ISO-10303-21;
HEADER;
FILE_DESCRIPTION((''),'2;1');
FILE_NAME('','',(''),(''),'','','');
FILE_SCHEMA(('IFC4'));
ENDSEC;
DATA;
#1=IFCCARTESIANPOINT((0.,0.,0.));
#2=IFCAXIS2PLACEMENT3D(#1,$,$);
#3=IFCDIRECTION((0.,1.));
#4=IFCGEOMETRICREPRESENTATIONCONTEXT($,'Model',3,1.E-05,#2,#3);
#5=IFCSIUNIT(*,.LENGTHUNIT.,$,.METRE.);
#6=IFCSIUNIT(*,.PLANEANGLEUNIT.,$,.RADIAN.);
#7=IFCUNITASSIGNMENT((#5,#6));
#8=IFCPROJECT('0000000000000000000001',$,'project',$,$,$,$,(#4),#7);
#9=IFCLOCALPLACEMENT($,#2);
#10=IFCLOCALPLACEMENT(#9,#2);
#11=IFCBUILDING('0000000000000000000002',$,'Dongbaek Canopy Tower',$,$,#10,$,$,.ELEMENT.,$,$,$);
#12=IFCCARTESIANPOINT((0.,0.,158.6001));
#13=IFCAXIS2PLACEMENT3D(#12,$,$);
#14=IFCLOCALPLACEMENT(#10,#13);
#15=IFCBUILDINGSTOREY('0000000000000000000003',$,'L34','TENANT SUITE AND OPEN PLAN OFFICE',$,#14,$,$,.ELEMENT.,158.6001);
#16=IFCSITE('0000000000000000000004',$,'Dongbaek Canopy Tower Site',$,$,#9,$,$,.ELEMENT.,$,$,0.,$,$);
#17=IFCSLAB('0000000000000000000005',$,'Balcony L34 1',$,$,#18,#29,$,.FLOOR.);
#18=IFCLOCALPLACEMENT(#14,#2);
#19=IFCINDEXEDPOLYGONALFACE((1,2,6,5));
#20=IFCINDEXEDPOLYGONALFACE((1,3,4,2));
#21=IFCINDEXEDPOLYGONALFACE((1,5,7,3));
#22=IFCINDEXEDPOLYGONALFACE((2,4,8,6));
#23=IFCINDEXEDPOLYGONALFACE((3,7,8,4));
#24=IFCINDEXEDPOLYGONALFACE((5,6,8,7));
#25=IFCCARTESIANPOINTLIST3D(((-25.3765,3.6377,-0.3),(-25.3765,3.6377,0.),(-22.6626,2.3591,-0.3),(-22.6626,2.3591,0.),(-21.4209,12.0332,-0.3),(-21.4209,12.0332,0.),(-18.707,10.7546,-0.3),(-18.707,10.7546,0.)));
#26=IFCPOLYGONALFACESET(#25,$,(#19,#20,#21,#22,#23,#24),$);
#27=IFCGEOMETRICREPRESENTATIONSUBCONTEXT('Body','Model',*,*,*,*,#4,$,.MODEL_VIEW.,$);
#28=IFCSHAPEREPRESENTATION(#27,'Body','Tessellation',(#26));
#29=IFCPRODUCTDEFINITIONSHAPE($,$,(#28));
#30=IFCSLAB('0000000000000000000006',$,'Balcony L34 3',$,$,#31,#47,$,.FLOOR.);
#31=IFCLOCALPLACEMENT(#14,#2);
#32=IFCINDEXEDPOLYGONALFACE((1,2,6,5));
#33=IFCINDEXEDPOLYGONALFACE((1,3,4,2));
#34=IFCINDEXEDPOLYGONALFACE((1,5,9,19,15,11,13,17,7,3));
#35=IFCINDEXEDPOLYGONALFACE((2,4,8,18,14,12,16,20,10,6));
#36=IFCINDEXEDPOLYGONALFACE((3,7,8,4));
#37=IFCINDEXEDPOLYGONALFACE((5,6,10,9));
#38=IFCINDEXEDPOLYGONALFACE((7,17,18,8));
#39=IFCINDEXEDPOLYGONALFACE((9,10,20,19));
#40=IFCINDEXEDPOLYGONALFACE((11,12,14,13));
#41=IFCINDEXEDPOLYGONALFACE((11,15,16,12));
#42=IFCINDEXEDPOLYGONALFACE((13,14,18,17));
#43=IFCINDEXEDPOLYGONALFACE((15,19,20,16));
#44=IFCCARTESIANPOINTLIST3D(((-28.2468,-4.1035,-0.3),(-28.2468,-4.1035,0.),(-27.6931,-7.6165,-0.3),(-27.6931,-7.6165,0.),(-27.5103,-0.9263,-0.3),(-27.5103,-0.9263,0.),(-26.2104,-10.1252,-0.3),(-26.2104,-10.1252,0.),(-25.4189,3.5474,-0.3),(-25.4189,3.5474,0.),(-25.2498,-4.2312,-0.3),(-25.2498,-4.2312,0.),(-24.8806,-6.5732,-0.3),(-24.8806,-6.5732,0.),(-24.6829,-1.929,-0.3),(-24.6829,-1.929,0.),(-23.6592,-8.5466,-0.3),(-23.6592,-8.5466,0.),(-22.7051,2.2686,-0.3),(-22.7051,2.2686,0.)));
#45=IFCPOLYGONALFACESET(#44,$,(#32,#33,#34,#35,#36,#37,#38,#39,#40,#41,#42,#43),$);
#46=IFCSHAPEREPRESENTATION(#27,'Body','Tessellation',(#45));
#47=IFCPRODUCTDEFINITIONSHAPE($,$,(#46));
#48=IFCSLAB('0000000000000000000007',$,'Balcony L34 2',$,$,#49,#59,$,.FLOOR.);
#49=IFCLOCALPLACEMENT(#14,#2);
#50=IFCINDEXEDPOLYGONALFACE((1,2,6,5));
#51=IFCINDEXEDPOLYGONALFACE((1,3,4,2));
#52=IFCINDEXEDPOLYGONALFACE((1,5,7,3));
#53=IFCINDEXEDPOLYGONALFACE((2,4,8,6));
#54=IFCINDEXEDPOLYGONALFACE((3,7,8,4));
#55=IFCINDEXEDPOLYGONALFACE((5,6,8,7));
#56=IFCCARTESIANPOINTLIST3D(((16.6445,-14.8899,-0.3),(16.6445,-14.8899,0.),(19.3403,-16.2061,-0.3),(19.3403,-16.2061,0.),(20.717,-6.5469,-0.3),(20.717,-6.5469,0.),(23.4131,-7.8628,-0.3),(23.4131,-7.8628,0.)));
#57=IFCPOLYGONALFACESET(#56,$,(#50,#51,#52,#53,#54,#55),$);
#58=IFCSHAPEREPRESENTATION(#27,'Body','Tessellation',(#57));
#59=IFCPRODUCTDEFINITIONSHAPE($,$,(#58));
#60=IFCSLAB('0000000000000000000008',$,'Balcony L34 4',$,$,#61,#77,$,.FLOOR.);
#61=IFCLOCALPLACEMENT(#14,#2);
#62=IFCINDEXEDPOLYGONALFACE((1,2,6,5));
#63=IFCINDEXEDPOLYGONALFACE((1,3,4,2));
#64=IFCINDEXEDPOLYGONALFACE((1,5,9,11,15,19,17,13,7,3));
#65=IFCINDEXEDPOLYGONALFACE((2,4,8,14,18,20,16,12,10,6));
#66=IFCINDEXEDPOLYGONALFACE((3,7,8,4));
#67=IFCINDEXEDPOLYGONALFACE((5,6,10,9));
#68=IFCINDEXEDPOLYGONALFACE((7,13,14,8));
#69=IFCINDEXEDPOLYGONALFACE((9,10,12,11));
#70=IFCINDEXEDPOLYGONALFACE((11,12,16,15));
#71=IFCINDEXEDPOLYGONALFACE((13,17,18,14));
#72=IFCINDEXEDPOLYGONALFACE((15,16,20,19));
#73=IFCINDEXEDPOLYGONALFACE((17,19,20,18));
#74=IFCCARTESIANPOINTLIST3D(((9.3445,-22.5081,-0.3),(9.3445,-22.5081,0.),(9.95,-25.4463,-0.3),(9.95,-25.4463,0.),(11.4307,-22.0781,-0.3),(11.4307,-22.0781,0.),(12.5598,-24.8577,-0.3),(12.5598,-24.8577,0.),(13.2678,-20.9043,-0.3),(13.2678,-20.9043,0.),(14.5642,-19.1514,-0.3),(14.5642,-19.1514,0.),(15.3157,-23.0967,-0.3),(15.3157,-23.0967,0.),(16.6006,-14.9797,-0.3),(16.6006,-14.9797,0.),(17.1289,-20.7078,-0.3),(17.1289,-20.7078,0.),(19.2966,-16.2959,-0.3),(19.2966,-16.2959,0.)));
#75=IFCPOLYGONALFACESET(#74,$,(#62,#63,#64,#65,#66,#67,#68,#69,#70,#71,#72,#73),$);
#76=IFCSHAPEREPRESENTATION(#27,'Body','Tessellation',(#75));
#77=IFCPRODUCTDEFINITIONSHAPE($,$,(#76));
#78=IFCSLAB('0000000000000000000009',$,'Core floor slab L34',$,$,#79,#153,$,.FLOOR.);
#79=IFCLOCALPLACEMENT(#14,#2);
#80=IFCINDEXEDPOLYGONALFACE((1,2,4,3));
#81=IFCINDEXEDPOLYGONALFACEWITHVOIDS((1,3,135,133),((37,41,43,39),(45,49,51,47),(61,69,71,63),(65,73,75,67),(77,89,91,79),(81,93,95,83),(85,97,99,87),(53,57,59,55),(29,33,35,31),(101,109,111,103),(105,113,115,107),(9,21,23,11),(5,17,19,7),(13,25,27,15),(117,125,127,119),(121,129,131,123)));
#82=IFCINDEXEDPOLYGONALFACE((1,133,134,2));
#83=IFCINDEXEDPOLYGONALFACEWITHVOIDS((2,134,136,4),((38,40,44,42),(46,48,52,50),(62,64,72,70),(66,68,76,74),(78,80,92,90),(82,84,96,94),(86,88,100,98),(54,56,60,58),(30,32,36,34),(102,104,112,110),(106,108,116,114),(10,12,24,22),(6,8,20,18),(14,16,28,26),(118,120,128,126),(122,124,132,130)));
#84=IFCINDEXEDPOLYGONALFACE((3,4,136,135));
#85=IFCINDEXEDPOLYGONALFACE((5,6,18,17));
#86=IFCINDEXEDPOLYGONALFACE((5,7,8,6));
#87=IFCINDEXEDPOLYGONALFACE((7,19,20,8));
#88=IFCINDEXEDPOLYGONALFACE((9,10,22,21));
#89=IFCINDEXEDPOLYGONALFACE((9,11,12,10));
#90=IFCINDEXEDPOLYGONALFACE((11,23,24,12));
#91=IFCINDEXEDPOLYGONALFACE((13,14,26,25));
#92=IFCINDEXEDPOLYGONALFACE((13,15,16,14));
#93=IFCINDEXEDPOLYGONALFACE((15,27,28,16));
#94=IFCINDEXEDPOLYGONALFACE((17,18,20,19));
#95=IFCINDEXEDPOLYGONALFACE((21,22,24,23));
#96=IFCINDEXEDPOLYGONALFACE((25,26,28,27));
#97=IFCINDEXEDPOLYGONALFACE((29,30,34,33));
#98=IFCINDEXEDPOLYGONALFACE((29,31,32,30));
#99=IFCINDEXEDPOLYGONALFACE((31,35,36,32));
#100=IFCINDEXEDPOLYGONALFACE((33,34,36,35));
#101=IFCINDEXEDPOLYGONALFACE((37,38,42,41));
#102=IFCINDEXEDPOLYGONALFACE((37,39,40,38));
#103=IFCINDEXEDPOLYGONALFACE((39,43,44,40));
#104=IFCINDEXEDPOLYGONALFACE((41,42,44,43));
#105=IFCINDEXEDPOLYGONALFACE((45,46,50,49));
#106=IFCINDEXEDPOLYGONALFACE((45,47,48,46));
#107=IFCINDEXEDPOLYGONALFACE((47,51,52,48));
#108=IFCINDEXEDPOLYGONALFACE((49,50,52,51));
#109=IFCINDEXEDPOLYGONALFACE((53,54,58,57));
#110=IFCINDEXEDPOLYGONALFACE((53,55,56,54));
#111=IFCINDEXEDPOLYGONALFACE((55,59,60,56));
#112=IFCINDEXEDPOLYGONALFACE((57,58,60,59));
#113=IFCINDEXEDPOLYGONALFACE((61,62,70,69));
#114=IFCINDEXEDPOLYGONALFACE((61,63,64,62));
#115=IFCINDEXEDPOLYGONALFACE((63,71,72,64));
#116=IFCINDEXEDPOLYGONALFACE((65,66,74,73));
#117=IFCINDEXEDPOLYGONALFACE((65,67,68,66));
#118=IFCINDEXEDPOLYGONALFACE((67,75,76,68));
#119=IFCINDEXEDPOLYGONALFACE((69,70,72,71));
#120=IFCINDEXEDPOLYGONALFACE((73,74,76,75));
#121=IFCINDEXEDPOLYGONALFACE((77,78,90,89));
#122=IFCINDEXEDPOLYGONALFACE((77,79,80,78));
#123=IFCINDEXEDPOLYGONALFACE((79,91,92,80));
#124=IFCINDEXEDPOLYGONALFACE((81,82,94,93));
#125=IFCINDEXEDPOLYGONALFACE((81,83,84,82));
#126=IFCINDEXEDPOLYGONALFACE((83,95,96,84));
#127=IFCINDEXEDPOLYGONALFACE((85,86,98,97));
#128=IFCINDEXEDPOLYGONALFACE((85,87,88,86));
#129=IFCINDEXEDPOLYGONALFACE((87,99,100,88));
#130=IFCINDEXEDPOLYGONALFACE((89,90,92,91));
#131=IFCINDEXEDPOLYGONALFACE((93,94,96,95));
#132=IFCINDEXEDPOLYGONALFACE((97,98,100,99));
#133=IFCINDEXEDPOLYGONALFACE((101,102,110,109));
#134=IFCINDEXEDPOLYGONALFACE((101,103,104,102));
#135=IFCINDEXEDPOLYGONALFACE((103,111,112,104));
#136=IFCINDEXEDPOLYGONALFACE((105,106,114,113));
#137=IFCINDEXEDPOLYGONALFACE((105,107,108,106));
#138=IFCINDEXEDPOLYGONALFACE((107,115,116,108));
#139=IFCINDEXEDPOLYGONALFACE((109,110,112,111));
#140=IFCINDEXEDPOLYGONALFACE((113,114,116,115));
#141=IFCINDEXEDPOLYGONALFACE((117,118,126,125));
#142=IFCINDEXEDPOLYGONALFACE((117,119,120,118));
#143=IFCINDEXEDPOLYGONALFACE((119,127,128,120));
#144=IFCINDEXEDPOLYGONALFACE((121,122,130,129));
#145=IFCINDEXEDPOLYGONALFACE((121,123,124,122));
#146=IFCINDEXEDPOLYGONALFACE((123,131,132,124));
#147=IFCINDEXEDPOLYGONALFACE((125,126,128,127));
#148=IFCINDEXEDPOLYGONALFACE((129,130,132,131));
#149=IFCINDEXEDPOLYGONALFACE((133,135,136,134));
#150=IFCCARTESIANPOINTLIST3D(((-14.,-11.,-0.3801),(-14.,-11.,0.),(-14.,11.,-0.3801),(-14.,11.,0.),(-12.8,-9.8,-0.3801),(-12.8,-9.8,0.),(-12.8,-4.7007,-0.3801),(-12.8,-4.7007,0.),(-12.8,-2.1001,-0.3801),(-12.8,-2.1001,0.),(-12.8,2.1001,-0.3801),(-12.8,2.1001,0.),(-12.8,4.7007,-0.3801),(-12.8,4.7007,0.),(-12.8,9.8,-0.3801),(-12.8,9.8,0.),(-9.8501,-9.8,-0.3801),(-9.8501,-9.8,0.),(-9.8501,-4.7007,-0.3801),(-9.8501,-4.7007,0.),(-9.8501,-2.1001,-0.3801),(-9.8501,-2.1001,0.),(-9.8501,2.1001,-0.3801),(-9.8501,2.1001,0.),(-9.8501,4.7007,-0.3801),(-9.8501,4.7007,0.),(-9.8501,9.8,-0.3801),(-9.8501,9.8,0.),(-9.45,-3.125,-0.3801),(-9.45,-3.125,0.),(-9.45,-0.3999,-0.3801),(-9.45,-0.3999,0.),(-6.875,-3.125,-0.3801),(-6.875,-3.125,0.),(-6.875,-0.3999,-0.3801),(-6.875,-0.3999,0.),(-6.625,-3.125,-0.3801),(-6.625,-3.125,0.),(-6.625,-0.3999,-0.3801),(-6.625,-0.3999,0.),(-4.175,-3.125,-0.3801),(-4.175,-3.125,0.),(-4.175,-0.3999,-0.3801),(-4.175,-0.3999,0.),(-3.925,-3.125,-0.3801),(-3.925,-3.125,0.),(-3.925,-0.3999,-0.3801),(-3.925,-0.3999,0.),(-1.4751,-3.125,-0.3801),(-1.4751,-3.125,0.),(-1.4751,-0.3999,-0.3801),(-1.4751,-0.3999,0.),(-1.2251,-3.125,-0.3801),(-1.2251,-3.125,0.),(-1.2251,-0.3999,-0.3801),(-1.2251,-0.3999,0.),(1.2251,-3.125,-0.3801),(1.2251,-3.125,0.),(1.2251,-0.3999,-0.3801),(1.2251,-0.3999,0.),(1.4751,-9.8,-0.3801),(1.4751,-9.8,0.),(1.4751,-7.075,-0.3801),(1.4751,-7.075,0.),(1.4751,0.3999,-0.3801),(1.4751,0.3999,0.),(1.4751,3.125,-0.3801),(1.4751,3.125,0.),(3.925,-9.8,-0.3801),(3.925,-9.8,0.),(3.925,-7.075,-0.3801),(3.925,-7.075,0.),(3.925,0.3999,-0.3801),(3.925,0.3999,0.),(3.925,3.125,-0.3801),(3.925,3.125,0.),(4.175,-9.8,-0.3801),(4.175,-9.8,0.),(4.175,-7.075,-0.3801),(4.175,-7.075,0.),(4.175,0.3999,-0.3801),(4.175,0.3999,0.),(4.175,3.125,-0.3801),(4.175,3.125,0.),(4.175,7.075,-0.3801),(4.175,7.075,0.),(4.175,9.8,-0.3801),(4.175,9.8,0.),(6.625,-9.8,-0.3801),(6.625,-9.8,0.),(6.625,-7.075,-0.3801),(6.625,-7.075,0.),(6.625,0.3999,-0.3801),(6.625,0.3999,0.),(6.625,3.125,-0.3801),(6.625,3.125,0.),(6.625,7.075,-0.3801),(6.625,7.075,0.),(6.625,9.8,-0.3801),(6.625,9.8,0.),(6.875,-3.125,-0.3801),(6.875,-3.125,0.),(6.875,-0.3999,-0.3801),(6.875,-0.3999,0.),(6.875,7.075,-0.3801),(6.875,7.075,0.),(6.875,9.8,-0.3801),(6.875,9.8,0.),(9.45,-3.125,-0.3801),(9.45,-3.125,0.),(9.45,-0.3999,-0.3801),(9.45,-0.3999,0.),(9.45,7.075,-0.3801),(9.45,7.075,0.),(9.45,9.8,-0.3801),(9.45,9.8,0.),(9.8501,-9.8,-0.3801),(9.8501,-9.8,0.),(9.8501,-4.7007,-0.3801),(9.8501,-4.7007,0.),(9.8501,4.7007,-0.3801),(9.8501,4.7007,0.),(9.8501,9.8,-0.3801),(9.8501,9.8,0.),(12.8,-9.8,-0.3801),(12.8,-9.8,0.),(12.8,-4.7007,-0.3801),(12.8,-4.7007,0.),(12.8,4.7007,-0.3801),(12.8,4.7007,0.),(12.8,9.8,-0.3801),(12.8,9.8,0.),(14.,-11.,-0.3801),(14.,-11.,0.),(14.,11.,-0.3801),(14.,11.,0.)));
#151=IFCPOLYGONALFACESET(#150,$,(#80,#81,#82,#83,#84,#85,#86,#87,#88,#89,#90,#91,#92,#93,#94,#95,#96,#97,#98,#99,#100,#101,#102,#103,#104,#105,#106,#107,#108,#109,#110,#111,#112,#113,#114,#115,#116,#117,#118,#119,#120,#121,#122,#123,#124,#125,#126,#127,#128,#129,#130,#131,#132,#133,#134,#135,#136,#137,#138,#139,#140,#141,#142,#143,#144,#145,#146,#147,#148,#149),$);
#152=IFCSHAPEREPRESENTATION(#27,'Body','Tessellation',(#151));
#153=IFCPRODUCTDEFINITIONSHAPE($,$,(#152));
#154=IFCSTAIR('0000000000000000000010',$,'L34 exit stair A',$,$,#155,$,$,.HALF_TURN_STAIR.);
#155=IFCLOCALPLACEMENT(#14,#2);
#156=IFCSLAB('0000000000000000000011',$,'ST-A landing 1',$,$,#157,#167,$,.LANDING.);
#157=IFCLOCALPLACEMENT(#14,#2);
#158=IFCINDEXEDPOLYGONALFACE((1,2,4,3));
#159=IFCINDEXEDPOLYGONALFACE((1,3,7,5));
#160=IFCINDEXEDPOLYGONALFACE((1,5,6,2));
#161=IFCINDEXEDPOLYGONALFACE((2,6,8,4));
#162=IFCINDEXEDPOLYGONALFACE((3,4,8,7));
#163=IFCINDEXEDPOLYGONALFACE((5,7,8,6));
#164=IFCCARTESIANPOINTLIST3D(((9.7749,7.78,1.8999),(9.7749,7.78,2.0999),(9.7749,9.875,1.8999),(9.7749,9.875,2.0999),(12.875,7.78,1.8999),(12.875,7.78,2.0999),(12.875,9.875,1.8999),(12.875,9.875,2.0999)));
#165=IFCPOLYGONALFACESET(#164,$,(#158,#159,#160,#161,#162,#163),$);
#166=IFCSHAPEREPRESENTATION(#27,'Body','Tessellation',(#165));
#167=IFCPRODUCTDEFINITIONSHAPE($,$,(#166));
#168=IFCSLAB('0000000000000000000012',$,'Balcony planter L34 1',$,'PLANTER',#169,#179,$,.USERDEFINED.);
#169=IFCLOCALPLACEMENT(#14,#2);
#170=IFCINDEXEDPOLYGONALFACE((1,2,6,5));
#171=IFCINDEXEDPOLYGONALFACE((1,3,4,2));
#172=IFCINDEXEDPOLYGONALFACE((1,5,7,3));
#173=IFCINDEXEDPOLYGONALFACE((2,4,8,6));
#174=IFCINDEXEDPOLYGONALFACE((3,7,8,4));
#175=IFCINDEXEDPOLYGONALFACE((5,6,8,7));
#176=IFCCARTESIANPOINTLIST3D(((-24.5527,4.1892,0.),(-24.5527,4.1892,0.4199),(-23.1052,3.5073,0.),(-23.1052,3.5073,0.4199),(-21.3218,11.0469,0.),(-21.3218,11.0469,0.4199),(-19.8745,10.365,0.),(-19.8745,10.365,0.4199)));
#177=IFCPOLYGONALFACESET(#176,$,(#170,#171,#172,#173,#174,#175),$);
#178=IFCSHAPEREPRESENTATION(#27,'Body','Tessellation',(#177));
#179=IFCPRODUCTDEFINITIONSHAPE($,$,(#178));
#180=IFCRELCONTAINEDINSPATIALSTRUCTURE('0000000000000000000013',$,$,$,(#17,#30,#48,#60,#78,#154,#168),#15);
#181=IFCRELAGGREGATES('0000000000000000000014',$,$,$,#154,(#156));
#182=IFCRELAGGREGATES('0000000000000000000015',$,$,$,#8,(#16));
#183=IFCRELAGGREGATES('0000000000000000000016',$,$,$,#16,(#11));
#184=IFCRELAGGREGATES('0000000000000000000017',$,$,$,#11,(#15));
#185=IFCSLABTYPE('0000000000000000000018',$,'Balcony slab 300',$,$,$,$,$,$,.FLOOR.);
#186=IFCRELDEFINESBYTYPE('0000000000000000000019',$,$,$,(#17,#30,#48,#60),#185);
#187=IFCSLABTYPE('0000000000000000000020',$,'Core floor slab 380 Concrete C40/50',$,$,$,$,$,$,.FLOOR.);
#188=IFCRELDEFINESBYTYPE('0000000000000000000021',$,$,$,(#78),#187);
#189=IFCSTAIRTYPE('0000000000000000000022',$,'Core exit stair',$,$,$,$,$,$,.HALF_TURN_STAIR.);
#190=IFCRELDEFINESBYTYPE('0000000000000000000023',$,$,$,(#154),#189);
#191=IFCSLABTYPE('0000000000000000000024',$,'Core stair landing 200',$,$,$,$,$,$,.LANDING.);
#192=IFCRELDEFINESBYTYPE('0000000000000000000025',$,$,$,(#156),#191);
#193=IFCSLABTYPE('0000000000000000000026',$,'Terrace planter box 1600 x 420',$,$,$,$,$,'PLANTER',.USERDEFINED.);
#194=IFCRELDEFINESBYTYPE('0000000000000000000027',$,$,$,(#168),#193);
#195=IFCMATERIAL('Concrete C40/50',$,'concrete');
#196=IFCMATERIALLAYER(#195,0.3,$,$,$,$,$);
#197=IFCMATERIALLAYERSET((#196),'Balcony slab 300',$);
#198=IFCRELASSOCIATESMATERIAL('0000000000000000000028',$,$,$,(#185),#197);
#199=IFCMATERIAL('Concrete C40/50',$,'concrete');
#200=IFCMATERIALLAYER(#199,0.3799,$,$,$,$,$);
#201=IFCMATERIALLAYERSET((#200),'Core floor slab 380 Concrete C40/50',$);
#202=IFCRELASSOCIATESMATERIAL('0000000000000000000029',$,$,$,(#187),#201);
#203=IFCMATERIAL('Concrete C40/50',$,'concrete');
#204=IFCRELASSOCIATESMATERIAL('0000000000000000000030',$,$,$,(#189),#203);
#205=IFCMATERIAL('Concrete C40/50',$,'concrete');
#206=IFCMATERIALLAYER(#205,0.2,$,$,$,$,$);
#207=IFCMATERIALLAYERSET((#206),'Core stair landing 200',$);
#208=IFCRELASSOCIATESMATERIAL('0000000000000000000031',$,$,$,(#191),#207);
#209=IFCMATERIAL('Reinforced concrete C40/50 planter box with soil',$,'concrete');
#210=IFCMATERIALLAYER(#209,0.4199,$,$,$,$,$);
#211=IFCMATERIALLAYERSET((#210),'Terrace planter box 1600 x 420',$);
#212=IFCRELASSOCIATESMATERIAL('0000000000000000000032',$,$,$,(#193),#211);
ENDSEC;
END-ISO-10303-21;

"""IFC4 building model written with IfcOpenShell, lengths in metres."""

from ifc_helpers import new_model, si_unit, direction, frame, origin, place, context, subcontext, project, spatial, polyline, outline, extrude, material, layer, layer_set, type_object, element, aggregate, save


model = new_model("IFC4")

# Units and contexts
model_context = context("Model", 3, precision=1e-05, world=origin(), true_north=direction((0.0, 1.0)))
body_context = subcontext(model_context, "Body", "Model", "MODEL_VIEW")
ifc_project = project(units=[si_unit("LENGTHUNIT", "METRE"), si_unit("PLANEANGLEUNIT", "RADIAN")], contexts=[model_context])

# Site, building, storey
site_placement = place(None, origin())
site = spatial("IfcSite", under=ifc_project, at=site_placement, Name="Dongbaek Canopy Tower Site", CompositionType="ELEMENT", RefElevation=0.0)
building_placement = place(site_placement, origin())
building = spatial("IfcBuilding", under=site, at=building_placement, Name="Dongbaek Canopy Tower", CompositionType="ELEMENT")
storey_placement = place(building_placement, frame((0.0, 0.0, 158.6001)))
storey = spatial("IfcBuildingStorey", under=building, at=storey_placement, Name="L34", Description="TENANT SUITE AND OPEN PLAN OFFICE", CompositionType="ELEMENT", Elevation=158.6001)

# Slabs
ifc_material_1 = material(Name="Concrete C40/50", Category="concrete")
ifc_layer_1 = layer(ifc_material_1, 0.3)
ifc_layer_set_1 = layer_set([ifc_layer_1], Name="Balcony slab 300")
slab_type_1 = type_object("IfcSlabType", Name="Balcony slab 300", PredefinedType="FLOOR", material=ifc_layer_set_1)
slab_1_placement = place(storey_placement, frame((0.0, 0.0, -0.3)))
element("IfcSlab", 1, at=slab_1_placement, inside=storey, type_object=slab_type_1, Name="Balcony L34 1", PredefinedType="FLOOR", context=body_context, shape_type="SweptSolid", body=[
    extrude(outline(polyline([(-18.707, 10.7546), (-22.6626, 2.3591), (-25.3765, 3.6377), (-21.4209, 12.0332), (-18.707, 10.7546)])), origin(), (0.0, 0.0, 1.0), 0.3),
])
slab_2_placement = place(storey_placement, frame((0.0, 0.0, -0.3)))
element("IfcSlab", 2, at=slab_2_placement, inside=storey, type_object=slab_type_1, Name="Balcony L34 3", PredefinedType="FLOOR", context=body_context, shape_type="SweptSolid", body=[
    extrude(outline(polyline([(-22.7051, 2.2686), (-24.6829, -1.929), (-25.2498, -4.2312), (-24.8806, -6.5732), (-23.6592, -8.5466), (-26.2104, -10.1252), (-27.6931, -7.6165), (-28.2468, -4.1035), (-27.5103, -0.9263), (-25.4189, 3.5474), (-22.7051, 2.2686)])), origin(), (0.0, 0.0, 1.0), 0.3),
])
slab_3_placement = place(storey_placement, frame((0.0, 0.0, -0.3)))
element("IfcSlab", 3, at=slab_3_placement, inside=storey, type_object=slab_type_1, Name="Balcony L34 2", PredefinedType="FLOOR", context=body_context, shape_type="SweptSolid", body=[
    extrude(outline(polyline([(16.6445, -14.8899), (20.717, -6.5469), (23.4131, -7.8628), (19.3403, -16.2061), (16.6445, -14.8899)])), origin(), (0.0, 0.0, 1.0), 0.3),
])
slab_4_placement = place(storey_placement, frame((0.0, 0.0, -0.3)))
element("IfcSlab", 4, at=slab_4_placement, inside=storey, type_object=slab_type_1, Name="Balcony L34 4", PredefinedType="FLOOR", context=body_context, shape_type="SweptSolid", body=[
    extrude(outline(polyline([(9.3445, -22.5081), (11.4307, -22.0781), (13.2678, -20.9043), (14.5642, -19.1514), (16.6006, -14.9797), (19.2966, -16.2959), (17.1289, -20.7078), (15.3157, -23.0967), (12.5598, -24.8577), (9.95, -25.4463), (9.3445, -22.5081)])), origin(), (0.0, 0.0, 1.0), 0.3),
])
ifc_material_2 = material(Name="Concrete C40/50", Category="concrete")
ifc_layer_2 = layer(ifc_material_2, 0.3799)
ifc_layer_set_2 = layer_set([ifc_layer_2], Name="Core floor slab 380 Concrete C40/50")
slab_type_2 = type_object("IfcSlabType", Name="Core floor slab 380 Concrete C40/50", PredefinedType="FLOOR", material=ifc_layer_set_2)
slab_5_placement = place(storey_placement, frame((0.0, 0.0, -0.3801)))
element("IfcSlab", 5, at=slab_5_placement, inside=storey, type_object=slab_type_2, Name="Core floor slab L34", PredefinedType="FLOOR", context=body_context, shape_type="SweptSolid", body=[
    extrude(outline(polyline([(14.0, -11.0), (14.0, 11.0), (-14.0, 11.0), (-14.0, -11.0), (14.0, -11.0)]), holes=[polyline([(-12.8, 2.1001), (-9.8501, 2.1001), (-9.8501, -2.1001), (-12.8, -2.1001), (-12.8, 2.1001)]), polyline([(6.625, 9.8), (6.625, 7.075), (4.175, 7.075), (4.175, 9.8), (6.625, 9.8)]), polyline([(9.45, 7.075), (6.875, 7.075), (6.875, 9.8), (9.45, 9.8), (9.45, 7.075)]), polyline([(3.925, 3.125), (3.925, 0.3999), (1.4751, 0.3999), (1.4751, 3.125), (3.925, 3.125)]), polyline([(4.175, 3.125), (6.625, 3.125), (6.625, 0.3999), (4.175, 0.3999), (4.175, 3.125)]), polyline([(-9.45, -0.3999), (-6.875, -0.3999), (-6.875, -3.125), (-9.45, -3.125), (-9.45, -0.3999)]), polyline([(-6.625, -0.3999), (-4.175, -0.3999), (-4.175, -3.125), (-6.625, -3.125), (-6.625, -0.3999)]), polyline([(-3.925, -0.3999), (-1.4751, -0.3999), (-1.4751, -3.125), (-3.925, -3.125), (-3.925, -0.3999)]), polyline([(-1.2251, -0.3999), (1.2251, -0.3999), (1.2251, -3.125), (-1.2251, -3.125), (-1.2251, -0.3999)]), polyline([(9.45, -3.125), (6.875, -3.125), (6.875, -0.3999), (9.45, -0.3999), (9.45, -3.125)]), polyline([(1.4751, -9.8), (1.4751, -7.075), (3.925, -7.075), (3.925, -9.8), (1.4751, -9.8)]), polyline([(4.175, -9.8), (4.175, -7.075), (6.625, -7.075), (6.625, -9.8), (4.175, -9.8)]), polyline([(12.8, 4.7007), (12.8, 9.8), (9.8501, 9.8), (9.8501, 4.7007), (12.8, 4.7007)]), polyline([(-9.8501, 4.7007), (-9.8501, 9.8), (-12.8, 9.8), (-12.8, 4.7007), (-9.8501, 4.7007)]), polyline([(9.8501, -4.7007), (9.8501, -9.8), (12.8, -9.8), (12.8, -4.7007), (9.8501, -4.7007)]), polyline([(-12.8, -4.7007), (-12.8, -9.8), (-9.8501, -9.8), (-9.8501, -4.7007), (-12.8, -4.7007)])]), origin(), (0.0, 0.0, 1.0), 0.3801),
])

# Stair, slab
ifc_material_3 = material(Name="Concrete C40/50", Category="concrete")
stair_type = type_object("IfcStairType", Name="Core exit stair", PredefinedType="HALF_TURN_STAIR", material=ifc_material_3)
stair_1_placement = place(storey_placement, origin())
stair_1 = element("IfcStair", 6, at=stair_1_placement, inside=storey, type_object=stair_type, Name="L34 exit stair A", PredefinedType="HALF_TURN_STAIR")
ifc_material_4 = material(Name="Concrete C40/50", Category="concrete")
ifc_layer_3 = layer(ifc_material_4, 0.2)
ifc_layer_set_3 = layer_set([ifc_layer_3], Name="Core stair landing 200")
slab_type_3 = type_object("IfcSlabType", Name="Core stair landing 200", PredefinedType="LANDING", material=ifc_layer_set_3)
slab_6_placement = place(storey_placement, frame((0.0, 0.0, 1.8999)))
slab_6 = element("IfcSlab", 7, at=slab_6_placement, type_object=slab_type_3, Name="ST-A landing 1", PredefinedType="LANDING", context=body_context, shape_type="SweptSolid", body=[
    extrude(outline(polyline([(12.875, 7.78), (12.875, 9.875), (9.7749, 9.875), (9.7749, 7.78), (12.875, 7.78)])), origin(), (0.0, 0.0, 1.0), 0.2),
])
aggregate(stair_1, [slab_6])

# Slab
ifc_material_5 = material(Name="Reinforced concrete C40/50 planter box with soil", Category="concrete")
ifc_layer_4 = layer(ifc_material_5, 0.4199)
ifc_layer_set_4 = layer_set([ifc_layer_4], Name="Terrace planter box 1600 x 420")
slab_type_4 = type_object("IfcSlabType", Name="Terrace planter box 1600 x 420", ElementType="PLANTER", PredefinedType="USERDEFINED", material=ifc_layer_set_4)
slab_7_placement = place(storey_placement, origin())
element("IfcSlab", 8, at=slab_7_placement, inside=storey, type_object=slab_type_4, Name="Balcony planter L34 1", ObjectType="PLANTER", PredefinedType="USERDEFINED", context=body_context, shape_type="SweptSolid", body=[
    extrude(outline(polyline([(-19.8745, 10.365), (-23.1052, 3.5073), (-24.5527, 4.1892), (-21.3218, 11.0469), (-19.8745, 10.365)])), origin(), (0.0, 0.0, 1.0), 0.4199),
])

save(model, "model.ifc")
